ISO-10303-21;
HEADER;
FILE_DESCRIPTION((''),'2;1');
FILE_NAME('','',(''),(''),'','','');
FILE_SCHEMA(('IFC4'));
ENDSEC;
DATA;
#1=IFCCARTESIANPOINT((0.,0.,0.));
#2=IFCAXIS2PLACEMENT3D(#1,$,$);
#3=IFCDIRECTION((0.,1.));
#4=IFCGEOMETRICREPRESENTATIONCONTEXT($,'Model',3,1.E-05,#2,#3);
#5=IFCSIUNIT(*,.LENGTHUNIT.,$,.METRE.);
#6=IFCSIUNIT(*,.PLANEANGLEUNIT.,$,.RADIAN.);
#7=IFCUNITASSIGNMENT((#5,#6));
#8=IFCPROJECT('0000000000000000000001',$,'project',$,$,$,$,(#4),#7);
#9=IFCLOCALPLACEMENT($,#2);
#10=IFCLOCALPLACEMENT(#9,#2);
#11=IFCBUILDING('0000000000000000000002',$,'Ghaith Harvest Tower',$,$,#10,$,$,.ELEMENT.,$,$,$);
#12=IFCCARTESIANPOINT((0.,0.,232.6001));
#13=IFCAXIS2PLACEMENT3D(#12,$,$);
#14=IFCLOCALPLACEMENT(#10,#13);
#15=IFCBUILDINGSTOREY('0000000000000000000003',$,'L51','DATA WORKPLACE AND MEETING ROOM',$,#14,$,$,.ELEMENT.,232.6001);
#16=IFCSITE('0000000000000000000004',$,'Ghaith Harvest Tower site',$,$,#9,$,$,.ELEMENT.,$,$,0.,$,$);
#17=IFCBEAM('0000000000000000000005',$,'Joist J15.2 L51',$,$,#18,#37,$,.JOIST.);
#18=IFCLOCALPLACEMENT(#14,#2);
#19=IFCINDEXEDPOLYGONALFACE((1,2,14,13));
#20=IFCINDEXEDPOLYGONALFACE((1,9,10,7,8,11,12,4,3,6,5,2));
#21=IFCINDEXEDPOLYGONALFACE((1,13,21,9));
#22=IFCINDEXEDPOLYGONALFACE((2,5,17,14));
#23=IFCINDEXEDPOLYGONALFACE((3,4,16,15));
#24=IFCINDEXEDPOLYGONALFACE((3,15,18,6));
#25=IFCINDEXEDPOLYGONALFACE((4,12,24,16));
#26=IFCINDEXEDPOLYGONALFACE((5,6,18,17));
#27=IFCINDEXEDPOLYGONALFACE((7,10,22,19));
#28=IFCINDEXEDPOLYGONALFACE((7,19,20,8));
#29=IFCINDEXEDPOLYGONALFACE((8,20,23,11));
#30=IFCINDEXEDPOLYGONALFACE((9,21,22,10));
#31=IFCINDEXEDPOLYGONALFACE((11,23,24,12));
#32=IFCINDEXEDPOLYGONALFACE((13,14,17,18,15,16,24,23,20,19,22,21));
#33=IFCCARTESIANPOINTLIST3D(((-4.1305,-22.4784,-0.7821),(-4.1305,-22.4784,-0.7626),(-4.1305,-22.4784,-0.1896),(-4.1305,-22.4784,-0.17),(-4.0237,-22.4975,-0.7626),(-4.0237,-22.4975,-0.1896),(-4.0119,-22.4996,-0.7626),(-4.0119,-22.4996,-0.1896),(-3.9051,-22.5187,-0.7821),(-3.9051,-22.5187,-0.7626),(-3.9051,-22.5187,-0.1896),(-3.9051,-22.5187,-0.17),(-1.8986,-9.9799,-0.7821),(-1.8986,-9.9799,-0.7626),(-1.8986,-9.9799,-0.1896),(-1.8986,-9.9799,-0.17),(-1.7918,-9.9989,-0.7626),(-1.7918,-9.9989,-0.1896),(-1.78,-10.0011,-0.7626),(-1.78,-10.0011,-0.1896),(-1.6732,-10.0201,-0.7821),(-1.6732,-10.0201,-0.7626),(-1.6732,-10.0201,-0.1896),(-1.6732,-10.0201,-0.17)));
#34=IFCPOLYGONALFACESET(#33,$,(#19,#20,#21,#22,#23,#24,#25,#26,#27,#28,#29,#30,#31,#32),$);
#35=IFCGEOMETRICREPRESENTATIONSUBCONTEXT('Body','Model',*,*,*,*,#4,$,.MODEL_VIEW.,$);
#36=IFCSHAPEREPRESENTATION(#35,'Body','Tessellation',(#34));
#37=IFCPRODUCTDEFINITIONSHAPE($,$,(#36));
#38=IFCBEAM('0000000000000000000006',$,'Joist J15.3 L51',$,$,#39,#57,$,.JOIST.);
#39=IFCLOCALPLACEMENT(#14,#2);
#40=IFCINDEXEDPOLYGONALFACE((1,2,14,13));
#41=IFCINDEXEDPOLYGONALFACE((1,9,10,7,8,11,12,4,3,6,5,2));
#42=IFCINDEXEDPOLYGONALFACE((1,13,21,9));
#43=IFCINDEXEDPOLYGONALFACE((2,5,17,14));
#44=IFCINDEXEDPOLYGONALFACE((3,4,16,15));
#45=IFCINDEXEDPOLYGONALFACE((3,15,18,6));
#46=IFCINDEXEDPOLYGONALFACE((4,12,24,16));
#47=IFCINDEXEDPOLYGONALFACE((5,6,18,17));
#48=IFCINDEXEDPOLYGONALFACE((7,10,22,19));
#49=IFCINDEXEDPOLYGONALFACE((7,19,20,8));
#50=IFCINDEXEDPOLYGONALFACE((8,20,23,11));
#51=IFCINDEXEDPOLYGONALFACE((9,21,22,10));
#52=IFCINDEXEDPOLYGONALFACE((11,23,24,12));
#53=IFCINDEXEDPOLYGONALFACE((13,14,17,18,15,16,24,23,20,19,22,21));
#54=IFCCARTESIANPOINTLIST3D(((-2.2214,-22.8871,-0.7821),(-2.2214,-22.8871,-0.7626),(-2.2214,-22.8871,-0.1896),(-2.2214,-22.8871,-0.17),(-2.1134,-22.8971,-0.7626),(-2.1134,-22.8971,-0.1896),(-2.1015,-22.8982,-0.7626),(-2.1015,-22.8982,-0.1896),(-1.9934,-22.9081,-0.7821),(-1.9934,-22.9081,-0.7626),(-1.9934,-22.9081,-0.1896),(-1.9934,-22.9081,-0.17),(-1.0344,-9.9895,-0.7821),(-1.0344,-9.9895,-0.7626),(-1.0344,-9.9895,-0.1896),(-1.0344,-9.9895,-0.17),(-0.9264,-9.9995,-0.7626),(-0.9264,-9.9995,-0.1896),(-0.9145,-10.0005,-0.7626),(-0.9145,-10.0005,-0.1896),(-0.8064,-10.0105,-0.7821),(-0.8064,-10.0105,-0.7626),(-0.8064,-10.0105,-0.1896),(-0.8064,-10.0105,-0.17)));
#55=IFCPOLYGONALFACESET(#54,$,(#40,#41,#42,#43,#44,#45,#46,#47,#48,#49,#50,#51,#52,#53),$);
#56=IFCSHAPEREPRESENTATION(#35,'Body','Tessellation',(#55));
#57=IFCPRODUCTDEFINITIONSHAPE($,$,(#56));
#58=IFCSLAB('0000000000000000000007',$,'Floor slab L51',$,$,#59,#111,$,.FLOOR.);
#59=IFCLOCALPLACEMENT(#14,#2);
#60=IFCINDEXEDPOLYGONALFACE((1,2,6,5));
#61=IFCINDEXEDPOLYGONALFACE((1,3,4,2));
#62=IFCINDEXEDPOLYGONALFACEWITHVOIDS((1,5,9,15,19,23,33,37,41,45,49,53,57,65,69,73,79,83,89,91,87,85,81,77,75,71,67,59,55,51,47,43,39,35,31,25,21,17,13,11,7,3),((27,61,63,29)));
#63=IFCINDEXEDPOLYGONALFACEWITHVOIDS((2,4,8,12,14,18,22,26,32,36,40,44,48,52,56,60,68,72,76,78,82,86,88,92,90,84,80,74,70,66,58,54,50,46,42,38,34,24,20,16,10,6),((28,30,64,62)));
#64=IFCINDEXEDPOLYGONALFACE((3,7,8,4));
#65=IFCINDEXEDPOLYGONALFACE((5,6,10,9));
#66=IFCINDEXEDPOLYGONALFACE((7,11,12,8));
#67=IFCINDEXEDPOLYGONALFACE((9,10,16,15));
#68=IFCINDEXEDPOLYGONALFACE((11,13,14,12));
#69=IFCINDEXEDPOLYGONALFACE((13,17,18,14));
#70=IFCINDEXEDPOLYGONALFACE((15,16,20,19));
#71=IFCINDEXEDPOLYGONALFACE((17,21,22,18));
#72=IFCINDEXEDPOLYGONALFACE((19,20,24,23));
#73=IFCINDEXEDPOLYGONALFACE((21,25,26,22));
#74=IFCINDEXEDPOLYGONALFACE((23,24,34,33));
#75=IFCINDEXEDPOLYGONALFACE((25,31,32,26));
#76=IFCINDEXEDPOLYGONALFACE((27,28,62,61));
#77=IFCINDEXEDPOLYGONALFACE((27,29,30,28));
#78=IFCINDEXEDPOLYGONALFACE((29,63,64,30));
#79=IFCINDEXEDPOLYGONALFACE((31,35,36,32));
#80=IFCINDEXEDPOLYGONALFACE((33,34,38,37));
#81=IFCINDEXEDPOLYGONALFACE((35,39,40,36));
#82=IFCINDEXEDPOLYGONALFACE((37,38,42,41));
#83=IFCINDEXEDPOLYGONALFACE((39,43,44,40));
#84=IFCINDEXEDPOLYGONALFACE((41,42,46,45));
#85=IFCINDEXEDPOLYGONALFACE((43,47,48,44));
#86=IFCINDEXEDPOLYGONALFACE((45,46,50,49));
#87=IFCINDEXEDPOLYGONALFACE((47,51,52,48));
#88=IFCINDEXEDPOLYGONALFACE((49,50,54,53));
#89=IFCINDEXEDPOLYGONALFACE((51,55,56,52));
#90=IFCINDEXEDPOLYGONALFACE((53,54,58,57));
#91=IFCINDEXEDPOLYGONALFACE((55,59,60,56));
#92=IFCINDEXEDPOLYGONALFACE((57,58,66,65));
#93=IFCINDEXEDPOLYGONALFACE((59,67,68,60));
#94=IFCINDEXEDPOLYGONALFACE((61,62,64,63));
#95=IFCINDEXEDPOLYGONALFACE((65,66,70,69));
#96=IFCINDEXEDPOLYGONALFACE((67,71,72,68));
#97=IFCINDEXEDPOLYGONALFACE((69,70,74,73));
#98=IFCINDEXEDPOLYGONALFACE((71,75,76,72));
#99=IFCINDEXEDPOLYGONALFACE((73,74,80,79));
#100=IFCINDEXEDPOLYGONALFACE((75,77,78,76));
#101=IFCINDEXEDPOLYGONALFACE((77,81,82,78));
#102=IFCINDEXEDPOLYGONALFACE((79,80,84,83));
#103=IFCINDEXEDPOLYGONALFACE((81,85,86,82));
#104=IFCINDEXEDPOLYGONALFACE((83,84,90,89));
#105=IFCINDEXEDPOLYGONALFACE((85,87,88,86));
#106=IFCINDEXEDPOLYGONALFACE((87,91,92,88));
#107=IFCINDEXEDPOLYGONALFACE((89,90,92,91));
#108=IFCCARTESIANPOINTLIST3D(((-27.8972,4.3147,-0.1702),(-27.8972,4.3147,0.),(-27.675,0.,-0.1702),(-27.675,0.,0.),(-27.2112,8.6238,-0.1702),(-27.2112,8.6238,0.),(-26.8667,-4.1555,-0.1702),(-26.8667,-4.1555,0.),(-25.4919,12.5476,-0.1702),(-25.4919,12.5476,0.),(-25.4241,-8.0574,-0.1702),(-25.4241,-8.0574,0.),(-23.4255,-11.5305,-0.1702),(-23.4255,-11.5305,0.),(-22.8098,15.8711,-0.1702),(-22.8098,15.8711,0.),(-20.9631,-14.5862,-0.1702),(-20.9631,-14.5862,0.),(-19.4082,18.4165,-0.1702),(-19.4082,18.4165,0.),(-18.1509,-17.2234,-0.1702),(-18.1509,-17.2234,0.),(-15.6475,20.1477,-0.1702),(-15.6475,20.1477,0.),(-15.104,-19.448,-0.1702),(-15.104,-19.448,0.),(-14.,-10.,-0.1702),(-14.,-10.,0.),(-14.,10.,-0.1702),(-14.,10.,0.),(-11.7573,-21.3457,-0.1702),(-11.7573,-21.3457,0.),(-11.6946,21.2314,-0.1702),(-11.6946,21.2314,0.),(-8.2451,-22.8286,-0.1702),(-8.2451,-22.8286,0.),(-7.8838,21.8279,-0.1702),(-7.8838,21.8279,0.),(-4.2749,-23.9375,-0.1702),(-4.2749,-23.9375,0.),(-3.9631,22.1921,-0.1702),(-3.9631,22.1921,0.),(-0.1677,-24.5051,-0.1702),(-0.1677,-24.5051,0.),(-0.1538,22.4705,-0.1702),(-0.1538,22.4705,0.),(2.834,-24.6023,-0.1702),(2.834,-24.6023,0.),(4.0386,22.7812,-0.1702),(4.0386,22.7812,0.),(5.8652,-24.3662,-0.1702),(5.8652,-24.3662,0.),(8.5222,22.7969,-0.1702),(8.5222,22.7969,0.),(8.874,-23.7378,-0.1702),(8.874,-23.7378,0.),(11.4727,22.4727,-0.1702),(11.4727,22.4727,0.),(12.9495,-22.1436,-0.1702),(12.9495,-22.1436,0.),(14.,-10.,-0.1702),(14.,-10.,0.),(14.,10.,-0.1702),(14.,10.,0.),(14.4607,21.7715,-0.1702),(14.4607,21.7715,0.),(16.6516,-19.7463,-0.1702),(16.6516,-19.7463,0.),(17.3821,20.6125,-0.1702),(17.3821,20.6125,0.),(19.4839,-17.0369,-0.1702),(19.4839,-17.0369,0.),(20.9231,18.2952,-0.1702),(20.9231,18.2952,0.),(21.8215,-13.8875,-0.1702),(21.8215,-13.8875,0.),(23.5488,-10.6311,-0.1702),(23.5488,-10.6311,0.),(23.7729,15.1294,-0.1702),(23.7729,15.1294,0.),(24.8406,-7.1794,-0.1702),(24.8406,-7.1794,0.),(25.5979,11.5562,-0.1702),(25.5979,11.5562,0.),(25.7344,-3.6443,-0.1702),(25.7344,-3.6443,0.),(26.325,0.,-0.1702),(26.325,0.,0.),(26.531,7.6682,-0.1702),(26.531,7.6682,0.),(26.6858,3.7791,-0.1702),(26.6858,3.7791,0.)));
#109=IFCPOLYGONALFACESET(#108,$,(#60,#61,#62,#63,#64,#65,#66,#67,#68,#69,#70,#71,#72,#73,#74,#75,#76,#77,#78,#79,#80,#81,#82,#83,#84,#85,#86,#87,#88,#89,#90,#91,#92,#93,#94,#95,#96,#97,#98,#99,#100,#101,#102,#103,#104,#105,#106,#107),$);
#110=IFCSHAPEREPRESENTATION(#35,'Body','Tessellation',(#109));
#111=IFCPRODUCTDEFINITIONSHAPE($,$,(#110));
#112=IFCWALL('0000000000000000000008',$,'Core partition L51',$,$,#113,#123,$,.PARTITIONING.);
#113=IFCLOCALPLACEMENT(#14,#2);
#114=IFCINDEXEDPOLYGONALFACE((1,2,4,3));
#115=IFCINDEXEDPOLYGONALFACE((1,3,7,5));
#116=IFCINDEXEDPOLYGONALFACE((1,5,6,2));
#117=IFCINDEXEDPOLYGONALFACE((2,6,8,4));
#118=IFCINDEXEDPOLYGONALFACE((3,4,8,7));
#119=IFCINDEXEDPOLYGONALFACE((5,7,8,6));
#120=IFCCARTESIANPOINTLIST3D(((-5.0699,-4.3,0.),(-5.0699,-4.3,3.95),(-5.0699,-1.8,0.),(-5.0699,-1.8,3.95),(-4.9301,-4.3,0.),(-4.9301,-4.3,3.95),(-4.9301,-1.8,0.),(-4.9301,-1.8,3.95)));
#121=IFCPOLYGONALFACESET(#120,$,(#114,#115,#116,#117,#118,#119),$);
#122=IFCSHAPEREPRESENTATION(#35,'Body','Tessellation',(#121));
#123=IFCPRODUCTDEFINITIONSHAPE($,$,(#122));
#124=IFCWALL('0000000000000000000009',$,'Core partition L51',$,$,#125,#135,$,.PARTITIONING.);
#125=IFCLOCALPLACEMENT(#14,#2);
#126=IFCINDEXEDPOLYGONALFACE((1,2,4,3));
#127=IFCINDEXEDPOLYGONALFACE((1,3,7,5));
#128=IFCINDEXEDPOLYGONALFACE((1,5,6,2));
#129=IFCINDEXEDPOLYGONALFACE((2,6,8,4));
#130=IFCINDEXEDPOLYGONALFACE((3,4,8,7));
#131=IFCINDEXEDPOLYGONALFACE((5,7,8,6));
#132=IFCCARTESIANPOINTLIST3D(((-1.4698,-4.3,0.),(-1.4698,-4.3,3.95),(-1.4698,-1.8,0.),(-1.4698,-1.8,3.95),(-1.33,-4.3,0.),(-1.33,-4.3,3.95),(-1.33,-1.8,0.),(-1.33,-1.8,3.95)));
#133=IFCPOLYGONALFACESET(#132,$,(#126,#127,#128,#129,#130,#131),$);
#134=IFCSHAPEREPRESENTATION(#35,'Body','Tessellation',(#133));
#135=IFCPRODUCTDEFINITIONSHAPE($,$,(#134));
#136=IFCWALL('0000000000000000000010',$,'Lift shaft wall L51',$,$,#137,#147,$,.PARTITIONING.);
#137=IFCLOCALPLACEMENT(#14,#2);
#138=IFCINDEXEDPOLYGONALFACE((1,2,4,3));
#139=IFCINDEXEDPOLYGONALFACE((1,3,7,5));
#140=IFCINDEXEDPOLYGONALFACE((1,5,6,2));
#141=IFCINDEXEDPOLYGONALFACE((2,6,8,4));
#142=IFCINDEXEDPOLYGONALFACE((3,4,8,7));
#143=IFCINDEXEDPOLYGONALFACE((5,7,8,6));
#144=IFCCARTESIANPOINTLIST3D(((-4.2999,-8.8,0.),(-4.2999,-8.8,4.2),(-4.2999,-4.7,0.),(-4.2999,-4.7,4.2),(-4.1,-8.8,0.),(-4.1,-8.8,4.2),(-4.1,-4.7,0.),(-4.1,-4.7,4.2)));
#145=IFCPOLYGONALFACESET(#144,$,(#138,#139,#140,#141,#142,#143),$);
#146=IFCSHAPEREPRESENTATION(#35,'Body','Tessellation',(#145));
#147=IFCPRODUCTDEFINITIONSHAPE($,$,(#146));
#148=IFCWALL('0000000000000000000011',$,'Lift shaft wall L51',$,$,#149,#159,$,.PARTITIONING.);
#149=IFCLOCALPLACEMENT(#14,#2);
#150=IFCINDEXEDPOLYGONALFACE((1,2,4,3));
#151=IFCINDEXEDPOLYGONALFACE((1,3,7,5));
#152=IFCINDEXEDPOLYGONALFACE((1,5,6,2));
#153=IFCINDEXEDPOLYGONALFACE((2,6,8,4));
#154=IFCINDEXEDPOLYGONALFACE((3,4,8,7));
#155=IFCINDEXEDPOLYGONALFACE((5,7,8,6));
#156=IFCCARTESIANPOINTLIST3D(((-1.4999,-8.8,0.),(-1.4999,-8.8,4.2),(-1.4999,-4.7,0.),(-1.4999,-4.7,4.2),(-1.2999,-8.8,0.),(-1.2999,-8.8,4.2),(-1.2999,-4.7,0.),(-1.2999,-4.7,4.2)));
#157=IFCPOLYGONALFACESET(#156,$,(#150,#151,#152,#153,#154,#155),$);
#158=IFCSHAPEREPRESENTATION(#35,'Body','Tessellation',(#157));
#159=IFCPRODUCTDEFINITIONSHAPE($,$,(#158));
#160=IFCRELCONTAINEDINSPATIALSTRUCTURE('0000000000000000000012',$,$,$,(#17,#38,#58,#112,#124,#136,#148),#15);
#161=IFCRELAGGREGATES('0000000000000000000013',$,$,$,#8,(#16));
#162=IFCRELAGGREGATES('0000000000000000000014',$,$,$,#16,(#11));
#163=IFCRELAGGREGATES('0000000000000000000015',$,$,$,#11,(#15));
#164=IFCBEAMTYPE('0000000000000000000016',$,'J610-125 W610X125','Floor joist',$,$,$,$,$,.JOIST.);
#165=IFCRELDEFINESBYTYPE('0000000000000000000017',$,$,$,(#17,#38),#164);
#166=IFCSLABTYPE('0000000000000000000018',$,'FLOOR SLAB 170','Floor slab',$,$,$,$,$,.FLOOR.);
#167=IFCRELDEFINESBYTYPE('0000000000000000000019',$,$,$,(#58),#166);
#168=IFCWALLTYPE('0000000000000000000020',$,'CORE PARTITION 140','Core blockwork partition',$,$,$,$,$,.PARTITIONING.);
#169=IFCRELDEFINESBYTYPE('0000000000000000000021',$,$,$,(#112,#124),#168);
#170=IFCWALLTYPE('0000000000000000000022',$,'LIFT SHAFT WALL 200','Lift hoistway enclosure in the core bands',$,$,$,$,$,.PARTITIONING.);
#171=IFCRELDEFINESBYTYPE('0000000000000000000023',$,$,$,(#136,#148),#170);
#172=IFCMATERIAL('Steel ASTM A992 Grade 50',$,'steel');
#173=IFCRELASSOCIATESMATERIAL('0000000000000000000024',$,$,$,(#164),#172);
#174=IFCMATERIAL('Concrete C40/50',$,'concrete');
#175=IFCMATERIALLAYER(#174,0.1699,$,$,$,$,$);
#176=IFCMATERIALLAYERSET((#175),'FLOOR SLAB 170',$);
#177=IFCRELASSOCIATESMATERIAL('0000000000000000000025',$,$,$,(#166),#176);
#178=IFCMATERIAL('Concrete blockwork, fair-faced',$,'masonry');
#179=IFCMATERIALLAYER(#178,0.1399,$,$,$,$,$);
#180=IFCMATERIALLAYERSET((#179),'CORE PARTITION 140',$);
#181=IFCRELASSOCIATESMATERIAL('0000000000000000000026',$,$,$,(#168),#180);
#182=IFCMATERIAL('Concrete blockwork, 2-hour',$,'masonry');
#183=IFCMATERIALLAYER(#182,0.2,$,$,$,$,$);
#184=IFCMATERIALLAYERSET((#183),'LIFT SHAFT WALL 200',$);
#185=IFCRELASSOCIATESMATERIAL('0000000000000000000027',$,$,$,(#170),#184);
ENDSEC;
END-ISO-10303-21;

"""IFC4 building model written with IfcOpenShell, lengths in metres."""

from ifc_helpers import new_model, si_unit, direction, frame, frame_2d, origin, origin_2d, place, context, subcontext, project, spatial, polyline, rectangle, i_section, outline, extrude, material, layer, layer_set, material_profile, profile_set, type_object, element, save


model = new_model("IFC4")

# Units and contexts
model_context = context("Model", 3, precision=1e-05, world=origin(), true_north=direction((0.0, 1.0)))
body_context = subcontext(model_context, "Body", "Model", "MODEL_VIEW")
ifc_project = project(units=[si_unit("LENGTHUNIT", "METRE"), si_unit("PLANEANGLEUNIT", "RADIAN")], contexts=[model_context])

# Site, building, storey
site_placement = place(None, origin())
site = spatial("IfcSite", under=ifc_project, at=site_placement, Name="Ghaith Harvest Tower site", CompositionType="ELEMENT", RefElevation=0.0)
building_placement = place(site_placement, origin())
building = spatial("IfcBuilding", under=site, at=building_placement, Name="Ghaith Harvest Tower", CompositionType="ELEMENT")
storey_placement = place(building_placement, frame((0.0, 0.0, 232.6001)))
storey = spatial("IfcBuildingStorey", under=building, at=storey_placement, Name="L51", Description="DATA WORKPLACE AND MEETING ROOM", CompositionType="ELEMENT", Elevation=232.6001)

# Beams
ifc_material_1 = material(Name="Steel ASTM A992 Grade 50", Category="steel")
ifc_material_profile_1 = material_profile(ifc_material_1, i_section(OverallWidth=0.229, OverallDepth=0.6121, WebThickness=0.012, FlangeThickness=0.0195, at=origin_2d()), Name="W610X125")
ifc_profile_set_1 = profile_set([ifc_material_profile_1], Name="Steel ASTM A992 Grade 50")
beam_type_1 = type_object("IfcBeamType", Name="J610-125 W610X125", Description="Floor joist", PredefinedType="JOIST", material=ifc_profile_set_1)
beam_1_placement = place(storey_placement, frame((-1.7859, -10.0, -0.4761), z_axis=(-0.175795, -0.984427, 0.0), x_axis=(0.984427, -0.175795, 0.0)))
element("IfcBeam", 1, at=beam_1_placement, inside=storey, type_object=beam_type_1, Name="Joist J15.2 L51", PredefinedType="JOIST", context=body_context, shape_type="SweptSolid", body=[
    extrude(i_section(OverallWidth=0.229, OverallDepth=0.6121, WebThickness=0.012, FlangeThickness=0.0195, at=origin_2d()), origin(), (0.0, 0.0, 1.0), 12.6963),
])
beam_2_placement = place(storey_placement, frame((-0.9204, -10.0, -0.4761), z_axis=(-0.091645, -0.995792, 0.0), x_axis=(0.995792, -0.091645, 0.0)))
element("IfcBeam", 2, at=beam_2_placement, inside=storey, type_object=beam_type_1, Name="Joist J15.3 L51", PredefinedType="JOIST", context=body_context, shape_type="SweptSolid", body=[
    extrude(i_section(OverallWidth=0.229, OverallDepth=0.6121, WebThickness=0.012, FlangeThickness=0.0195, at=origin_2d()), origin(), (0.0, 0.0, 1.0), 12.9521),
])

# Slab
ifc_material_2 = material(Name="Concrete C40/50", Category="concrete")
ifc_layer_1 = layer(ifc_material_2, 0.1699)
ifc_layer_set_1 = layer_set([ifc_layer_1], Name="FLOOR SLAB 170")
slab_type = type_object("IfcSlabType", Name="FLOOR SLAB 170", Description="Floor slab", PredefinedType="FLOOR", material=ifc_layer_set_1)
slab_placement = place(storey_placement, frame((0.0, 0.0, -0.1702)))
element("IfcSlab", 3, at=slab_placement, inside=storey, type_object=slab_type, Name="Floor slab L51", PredefinedType="FLOOR", context=body_context, shape_type="SweptSolid", body=[
    extrude(outline(polyline([(26.325, 0.0), (26.6858, 3.7791), (26.531, 7.6682), (25.5979, 11.5562), (23.7729, 15.1294), (20.9231, 18.2952), (17.3821, 20.6125), (14.4607, 21.7715), (11.4727, 22.4727), (8.5222, 22.7969), (4.0386, 22.7812), (-0.1538, 22.4705), (-3.9631, 22.1921), (-7.8838, 21.8279), (-11.6946, 21.2314), (-15.6475, 20.1477), (-19.4082, 18.4165), (-22.8098, 15.8711), (-25.4919, 12.5476), (-27.2112, 8.6238), (-27.8972, 4.3147), (-27.675, 0.0), (-26.8667, -4.1555), (-25.4241, -8.0574), (-23.4255, -11.5305), (-20.9631, -14.5862), (-18.1509, -17.2234), (-15.104, -19.448), (-11.7573, -21.3457), (-8.2451, -22.8286), (-4.2749, -23.9375), (-0.1677, -24.5051), (2.834, -24.6023), (5.8652, -24.3662), (8.874, -23.7378), (12.9495, -22.1436), (16.6516, -19.7463), (19.4839, -17.0369), (21.8215, -13.8875), (23.5488, -10.6311), (24.8406, -7.1794), (25.7344, -3.6443), (26.325, 0.0)]), holes=[polyline([(-14.0, -10.0), (14.0, -10.0), (14.0, 10.0), (-14.0, 10.0), (-14.0, -10.0)])]), origin(), (0.0, 0.0, 1.0), 0.1702),
])

# Walls
ifc_material_3 = material(Name="Concrete blockwork, fair-faced", Category="masonry")
ifc_layer_2 = layer(ifc_material_3, 0.1399)
ifc_layer_set_2 = layer_set([ifc_layer_2], Name="CORE PARTITION 140")
wall_type_1 = type_object("IfcWallType", Name="CORE PARTITION 140", Description="Core blockwork partition", PredefinedType="PARTITIONING", material=ifc_layer_set_2)
for number, where, z_axis, x_axis, name in (
    (4, (-5.0, -1.8, 0.0), (0.0, 0.0, 1.0), (0.0, -1.0, 0.0), "Core partition L51"),
    (5, (-1.3999, -1.8, 0.0), (0.0, 0.0, 1.0), (0.0, -1.0, 0.0), "Core partition L51"),
):
    element("IfcWall", number, at=place(storey_placement, frame(where, z_axis=z_axis, x_axis=x_axis)), inside=storey, type_object=wall_type_1, Name=name, PredefinedType="PARTITIONING", context=body_context, shape_type="SweptSolid", body=[
        extrude(rectangle(XDim=2.5, YDim=0.1399, at=frame_2d((1.25, 0.0))), origin(), (0.0, 0.0, 1.0), 3.95),
    ])
ifc_material_4 = material(Name="Concrete blockwork, 2-hour", Category="masonry")
ifc_layer_3 = layer(ifc_material_4, 0.2)
ifc_layer_set_3 = layer_set([ifc_layer_3], Name="LIFT SHAFT WALL 200")
wall_type_2 = type_object("IfcWallType", Name="LIFT SHAFT WALL 200", Description="Lift hoistway enclosure in the core bands", PredefinedType="PARTITIONING", material=ifc_layer_set_3)
for number, where, z_axis, x_axis, name in (
    (6, (-4.2, -4.7, 0.0), (0.0, 0.0, 1.0), (0.0, -1.0, 0.0), "Lift shaft wall L51"),
    (7, (-1.3999, -4.7, 0.0), (0.0, 0.0, 1.0), (0.0, -1.0, 0.0), "Lift shaft wall L51"),
):
    element("IfcWall", number, at=place(storey_placement, frame(where, z_axis=z_axis, x_axis=x_axis)), inside=storey, type_object=wall_type_2, Name=name, PredefinedType="PARTITIONING", context=body_context, shape_type="SweptSolid", body=[
        extrude(rectangle(XDim=4.1001, YDim=0.2, at=frame_2d((2.05, 0.0))), origin(), (0.0, 0.0, 1.0), 4.2),
    ])

save(model, "model.ifc")
